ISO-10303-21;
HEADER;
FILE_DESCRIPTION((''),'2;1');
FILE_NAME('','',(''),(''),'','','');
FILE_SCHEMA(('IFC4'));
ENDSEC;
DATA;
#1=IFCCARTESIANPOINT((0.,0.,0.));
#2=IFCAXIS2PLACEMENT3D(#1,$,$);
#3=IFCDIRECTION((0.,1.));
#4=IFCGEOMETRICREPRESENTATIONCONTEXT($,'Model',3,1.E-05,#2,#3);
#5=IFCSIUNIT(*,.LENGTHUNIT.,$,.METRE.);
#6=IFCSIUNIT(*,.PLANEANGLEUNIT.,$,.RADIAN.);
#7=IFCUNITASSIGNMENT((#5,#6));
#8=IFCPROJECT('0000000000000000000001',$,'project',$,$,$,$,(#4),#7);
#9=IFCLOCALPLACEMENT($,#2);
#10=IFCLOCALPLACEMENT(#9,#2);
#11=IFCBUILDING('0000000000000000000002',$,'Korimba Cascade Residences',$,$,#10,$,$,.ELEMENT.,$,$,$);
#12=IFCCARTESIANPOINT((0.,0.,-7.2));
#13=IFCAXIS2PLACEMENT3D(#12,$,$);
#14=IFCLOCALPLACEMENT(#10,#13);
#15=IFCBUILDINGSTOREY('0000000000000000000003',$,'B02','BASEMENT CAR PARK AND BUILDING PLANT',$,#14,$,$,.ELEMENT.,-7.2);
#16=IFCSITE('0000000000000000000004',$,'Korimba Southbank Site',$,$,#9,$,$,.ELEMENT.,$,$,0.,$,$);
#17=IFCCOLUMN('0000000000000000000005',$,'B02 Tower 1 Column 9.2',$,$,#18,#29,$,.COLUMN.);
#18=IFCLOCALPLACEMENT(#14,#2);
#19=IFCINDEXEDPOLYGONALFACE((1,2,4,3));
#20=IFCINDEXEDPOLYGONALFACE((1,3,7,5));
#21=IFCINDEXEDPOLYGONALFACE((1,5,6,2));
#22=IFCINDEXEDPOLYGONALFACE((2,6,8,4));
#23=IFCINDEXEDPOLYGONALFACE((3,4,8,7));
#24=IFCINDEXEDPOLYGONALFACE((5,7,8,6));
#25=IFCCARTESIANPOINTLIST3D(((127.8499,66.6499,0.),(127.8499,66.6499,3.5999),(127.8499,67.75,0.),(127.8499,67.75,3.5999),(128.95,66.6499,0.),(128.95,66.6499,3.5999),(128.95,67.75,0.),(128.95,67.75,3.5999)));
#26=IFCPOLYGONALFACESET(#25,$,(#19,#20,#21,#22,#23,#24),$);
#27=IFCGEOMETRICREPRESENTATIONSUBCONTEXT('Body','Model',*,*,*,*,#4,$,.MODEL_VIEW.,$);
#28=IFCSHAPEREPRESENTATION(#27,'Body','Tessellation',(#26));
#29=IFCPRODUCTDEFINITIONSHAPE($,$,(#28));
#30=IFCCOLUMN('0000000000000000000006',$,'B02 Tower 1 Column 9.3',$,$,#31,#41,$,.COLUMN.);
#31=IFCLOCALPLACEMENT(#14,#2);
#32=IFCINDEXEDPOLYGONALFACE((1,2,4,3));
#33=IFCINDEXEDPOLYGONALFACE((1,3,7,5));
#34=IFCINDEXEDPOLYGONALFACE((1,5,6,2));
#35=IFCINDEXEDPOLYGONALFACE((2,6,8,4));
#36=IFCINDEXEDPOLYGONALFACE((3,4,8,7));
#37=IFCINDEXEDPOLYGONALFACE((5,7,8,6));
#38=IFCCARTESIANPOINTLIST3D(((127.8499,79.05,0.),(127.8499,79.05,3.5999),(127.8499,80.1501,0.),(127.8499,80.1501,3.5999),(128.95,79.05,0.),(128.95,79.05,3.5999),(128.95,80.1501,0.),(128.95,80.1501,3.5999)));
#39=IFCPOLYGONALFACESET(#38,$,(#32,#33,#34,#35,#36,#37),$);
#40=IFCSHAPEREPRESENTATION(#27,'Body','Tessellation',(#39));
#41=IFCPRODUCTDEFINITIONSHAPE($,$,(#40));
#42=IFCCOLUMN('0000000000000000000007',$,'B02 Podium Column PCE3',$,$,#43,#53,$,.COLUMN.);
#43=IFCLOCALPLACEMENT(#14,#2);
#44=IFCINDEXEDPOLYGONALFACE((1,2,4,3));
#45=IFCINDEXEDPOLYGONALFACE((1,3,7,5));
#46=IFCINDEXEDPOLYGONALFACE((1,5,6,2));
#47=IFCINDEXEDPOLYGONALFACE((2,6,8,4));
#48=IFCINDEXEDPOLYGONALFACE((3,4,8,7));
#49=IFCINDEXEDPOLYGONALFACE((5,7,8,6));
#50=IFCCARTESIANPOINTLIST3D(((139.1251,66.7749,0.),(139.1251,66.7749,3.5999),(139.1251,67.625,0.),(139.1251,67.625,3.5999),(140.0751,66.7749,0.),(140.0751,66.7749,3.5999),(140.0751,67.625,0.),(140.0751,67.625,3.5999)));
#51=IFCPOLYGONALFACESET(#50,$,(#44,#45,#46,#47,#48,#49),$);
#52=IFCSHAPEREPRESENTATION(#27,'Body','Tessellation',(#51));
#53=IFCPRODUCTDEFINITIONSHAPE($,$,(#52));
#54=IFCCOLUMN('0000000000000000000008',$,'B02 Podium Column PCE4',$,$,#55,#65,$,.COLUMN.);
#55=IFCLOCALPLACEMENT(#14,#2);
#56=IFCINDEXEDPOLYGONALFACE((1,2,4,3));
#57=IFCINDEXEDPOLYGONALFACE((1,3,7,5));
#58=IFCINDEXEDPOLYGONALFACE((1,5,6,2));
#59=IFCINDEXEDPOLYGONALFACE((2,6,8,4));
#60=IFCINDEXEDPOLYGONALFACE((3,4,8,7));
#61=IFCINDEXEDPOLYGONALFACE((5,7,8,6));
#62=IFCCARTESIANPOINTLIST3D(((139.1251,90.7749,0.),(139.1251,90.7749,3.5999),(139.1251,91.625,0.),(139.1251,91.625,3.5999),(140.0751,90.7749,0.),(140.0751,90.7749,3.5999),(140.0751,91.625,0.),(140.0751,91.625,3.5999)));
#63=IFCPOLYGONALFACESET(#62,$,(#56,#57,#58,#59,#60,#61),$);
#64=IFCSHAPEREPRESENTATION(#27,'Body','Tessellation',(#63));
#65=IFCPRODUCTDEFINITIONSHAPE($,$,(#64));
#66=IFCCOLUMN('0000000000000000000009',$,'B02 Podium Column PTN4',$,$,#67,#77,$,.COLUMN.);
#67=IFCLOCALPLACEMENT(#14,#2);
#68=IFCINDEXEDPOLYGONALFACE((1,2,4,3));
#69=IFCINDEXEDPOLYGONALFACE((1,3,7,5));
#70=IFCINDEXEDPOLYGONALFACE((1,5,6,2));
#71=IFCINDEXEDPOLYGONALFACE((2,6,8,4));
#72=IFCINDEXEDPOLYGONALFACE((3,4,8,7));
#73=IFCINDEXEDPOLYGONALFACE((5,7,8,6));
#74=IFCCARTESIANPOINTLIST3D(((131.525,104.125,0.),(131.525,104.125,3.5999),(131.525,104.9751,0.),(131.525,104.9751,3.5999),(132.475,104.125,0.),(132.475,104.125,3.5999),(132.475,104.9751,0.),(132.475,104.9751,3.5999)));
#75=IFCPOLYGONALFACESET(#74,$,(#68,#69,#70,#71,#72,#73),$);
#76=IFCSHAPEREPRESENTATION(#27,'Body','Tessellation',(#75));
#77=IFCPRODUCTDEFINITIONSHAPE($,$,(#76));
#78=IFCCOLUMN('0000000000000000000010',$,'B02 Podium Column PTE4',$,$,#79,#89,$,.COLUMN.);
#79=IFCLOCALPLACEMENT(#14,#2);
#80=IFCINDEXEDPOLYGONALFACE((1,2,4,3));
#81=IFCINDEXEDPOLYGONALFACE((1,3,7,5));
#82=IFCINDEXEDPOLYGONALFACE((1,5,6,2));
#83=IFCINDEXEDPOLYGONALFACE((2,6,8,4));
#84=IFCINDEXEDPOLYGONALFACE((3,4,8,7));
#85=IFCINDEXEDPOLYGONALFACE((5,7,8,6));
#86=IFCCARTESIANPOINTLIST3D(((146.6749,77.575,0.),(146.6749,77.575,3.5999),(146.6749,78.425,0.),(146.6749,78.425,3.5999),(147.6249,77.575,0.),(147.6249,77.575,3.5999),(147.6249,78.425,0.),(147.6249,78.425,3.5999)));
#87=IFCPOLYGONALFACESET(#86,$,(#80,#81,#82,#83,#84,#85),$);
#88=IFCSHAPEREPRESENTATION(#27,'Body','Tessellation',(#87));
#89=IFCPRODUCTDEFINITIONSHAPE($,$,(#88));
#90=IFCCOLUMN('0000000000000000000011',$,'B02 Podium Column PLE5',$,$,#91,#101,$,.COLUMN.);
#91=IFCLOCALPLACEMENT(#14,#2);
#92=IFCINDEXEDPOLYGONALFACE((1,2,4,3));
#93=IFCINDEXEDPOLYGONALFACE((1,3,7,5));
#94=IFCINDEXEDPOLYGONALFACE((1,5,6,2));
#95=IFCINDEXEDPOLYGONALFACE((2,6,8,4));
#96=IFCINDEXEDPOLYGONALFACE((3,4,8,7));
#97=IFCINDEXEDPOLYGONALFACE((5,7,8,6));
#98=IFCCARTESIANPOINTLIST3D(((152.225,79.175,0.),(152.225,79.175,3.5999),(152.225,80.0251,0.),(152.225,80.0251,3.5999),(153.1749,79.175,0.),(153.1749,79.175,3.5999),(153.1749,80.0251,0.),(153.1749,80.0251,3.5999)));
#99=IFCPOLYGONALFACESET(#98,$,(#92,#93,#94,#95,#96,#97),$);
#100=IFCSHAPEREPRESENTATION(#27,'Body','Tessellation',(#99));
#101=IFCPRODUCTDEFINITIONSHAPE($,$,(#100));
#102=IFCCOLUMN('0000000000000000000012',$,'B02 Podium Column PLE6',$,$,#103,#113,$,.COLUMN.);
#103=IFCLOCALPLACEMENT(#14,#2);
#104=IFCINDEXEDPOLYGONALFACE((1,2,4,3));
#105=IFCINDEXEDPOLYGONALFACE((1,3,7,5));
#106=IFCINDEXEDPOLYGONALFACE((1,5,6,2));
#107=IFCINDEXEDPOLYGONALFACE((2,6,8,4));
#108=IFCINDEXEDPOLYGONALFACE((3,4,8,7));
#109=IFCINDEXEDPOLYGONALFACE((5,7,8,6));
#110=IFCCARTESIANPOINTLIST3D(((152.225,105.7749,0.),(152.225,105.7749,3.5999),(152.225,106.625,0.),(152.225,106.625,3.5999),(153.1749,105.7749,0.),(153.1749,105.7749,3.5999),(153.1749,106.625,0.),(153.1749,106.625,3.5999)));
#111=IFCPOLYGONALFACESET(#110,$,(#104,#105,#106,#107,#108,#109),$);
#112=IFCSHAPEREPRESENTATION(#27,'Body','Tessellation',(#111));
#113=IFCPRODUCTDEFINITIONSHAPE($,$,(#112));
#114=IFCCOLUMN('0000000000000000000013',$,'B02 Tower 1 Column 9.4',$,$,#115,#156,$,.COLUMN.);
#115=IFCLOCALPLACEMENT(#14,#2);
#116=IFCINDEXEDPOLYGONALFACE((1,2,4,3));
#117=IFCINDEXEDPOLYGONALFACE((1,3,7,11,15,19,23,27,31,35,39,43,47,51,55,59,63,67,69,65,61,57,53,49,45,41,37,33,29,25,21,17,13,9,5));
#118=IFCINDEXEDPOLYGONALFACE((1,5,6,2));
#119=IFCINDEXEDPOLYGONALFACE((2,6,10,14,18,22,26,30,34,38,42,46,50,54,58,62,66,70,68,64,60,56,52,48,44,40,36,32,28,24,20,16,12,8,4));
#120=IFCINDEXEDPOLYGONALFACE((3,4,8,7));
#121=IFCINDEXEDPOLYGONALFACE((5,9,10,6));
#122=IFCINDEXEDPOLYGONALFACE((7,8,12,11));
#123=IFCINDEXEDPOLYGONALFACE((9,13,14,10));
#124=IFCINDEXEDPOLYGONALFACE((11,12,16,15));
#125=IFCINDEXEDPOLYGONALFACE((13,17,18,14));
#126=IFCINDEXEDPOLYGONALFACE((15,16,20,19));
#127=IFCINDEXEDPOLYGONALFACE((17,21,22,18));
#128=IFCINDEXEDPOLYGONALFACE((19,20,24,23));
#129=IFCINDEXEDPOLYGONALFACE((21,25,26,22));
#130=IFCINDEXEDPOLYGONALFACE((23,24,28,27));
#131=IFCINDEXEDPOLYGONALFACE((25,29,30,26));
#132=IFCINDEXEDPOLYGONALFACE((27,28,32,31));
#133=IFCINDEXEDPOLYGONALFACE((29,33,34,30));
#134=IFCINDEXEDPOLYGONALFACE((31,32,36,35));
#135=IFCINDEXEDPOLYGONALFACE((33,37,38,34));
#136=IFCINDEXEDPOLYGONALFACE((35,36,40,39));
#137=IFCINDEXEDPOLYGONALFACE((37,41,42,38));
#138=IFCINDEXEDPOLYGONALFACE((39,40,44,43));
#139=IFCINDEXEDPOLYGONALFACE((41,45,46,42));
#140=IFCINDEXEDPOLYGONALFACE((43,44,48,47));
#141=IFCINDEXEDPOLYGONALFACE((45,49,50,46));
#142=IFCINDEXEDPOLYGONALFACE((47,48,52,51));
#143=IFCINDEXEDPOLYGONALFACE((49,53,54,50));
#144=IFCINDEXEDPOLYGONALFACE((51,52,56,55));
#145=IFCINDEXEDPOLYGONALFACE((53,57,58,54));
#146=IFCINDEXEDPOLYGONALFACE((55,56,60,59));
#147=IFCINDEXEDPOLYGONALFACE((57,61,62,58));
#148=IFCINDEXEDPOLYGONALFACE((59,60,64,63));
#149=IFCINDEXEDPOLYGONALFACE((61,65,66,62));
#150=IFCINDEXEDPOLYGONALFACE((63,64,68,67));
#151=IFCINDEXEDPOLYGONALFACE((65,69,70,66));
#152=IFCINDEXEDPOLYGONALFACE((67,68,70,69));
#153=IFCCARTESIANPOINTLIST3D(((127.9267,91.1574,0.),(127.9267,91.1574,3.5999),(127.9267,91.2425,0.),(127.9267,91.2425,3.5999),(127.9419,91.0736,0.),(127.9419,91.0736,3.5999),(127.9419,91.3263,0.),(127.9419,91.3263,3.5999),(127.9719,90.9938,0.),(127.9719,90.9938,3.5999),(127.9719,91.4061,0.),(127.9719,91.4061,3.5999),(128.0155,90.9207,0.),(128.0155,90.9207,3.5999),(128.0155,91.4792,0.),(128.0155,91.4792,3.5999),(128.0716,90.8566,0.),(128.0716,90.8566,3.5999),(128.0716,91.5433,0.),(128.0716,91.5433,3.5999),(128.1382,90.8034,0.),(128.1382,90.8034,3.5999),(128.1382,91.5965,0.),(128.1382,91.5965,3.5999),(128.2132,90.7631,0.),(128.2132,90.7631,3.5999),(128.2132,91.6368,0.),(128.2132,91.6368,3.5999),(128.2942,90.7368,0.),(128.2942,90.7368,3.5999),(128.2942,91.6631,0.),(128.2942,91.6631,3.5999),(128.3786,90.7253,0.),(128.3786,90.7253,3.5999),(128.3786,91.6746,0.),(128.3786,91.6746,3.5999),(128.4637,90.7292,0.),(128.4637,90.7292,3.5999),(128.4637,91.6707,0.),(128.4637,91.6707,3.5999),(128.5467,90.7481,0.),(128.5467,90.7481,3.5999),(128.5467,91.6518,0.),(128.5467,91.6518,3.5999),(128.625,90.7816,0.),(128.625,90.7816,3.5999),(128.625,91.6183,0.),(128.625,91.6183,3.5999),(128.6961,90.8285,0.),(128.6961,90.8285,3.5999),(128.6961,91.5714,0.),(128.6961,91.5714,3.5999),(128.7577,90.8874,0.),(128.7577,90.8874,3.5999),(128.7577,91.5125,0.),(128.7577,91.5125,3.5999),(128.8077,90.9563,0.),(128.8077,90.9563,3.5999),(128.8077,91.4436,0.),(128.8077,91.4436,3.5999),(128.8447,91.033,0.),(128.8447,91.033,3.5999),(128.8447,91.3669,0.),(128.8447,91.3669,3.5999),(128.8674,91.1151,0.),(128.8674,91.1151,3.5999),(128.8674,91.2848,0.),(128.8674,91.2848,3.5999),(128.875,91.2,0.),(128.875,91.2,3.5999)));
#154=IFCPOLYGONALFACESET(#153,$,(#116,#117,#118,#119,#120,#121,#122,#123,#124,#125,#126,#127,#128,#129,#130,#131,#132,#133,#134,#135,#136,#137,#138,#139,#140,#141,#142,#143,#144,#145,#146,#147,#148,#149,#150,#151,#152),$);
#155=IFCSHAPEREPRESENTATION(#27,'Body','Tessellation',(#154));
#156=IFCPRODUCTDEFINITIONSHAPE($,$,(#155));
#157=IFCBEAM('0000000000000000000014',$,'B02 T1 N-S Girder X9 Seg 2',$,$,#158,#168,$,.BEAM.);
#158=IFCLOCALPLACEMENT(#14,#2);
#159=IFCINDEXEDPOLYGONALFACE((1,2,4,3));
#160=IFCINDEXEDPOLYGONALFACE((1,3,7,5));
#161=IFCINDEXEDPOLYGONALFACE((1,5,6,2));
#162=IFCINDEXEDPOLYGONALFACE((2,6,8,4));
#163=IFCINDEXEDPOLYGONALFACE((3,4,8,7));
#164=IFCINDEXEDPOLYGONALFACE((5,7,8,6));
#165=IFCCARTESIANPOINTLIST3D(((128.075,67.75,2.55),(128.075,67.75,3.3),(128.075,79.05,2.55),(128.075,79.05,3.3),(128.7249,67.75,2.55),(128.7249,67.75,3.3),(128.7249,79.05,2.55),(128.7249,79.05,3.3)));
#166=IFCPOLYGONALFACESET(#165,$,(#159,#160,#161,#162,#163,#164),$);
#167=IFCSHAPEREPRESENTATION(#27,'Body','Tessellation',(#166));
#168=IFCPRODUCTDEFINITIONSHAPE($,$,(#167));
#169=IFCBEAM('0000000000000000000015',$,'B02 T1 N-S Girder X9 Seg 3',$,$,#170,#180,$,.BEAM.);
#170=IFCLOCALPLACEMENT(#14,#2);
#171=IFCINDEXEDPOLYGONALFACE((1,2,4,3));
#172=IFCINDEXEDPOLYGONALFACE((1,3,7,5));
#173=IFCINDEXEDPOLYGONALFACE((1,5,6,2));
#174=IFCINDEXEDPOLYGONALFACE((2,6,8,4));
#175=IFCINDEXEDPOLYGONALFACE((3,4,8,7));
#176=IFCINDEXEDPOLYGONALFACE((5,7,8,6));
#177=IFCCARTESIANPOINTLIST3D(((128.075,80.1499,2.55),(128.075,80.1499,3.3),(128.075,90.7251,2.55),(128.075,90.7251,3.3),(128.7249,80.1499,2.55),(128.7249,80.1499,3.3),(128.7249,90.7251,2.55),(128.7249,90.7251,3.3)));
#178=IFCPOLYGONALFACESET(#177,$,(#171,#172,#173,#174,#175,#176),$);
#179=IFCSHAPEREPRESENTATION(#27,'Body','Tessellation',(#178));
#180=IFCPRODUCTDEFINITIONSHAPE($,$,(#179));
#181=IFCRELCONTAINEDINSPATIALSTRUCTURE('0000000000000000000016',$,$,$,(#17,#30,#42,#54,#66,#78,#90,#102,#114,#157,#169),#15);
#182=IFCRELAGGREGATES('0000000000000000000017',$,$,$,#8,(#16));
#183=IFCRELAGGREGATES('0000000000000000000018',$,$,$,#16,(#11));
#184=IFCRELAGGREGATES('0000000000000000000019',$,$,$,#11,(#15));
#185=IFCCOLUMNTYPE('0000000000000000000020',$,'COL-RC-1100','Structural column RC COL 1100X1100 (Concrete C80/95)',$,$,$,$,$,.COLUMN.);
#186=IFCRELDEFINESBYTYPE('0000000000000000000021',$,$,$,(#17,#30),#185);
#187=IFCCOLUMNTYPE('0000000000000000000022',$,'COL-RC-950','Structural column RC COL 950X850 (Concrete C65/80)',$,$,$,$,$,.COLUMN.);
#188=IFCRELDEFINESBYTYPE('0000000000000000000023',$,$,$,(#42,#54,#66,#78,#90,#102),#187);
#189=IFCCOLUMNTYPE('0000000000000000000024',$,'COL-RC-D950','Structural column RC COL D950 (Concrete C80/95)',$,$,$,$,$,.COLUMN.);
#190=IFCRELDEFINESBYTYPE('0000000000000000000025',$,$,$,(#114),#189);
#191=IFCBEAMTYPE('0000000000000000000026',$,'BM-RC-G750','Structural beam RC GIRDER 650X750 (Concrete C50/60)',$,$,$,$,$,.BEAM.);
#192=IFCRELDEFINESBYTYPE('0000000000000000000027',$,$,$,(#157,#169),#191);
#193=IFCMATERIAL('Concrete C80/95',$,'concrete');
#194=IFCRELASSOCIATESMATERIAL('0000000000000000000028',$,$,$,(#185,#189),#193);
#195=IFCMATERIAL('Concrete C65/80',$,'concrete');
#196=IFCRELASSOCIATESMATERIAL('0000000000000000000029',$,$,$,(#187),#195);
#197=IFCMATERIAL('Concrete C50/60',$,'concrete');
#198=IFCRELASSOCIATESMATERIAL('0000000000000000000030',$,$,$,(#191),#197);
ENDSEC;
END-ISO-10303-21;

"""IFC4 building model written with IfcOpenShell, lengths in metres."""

from ifc_helpers import new_model, si_unit, direction, frame, origin, origin_2d, place, context, subcontext, project, spatial, rectangle, circle, extrude, material, material_profile, profile_set, type_object, element, save


model = new_model("IFC4")

# Units and contexts
model_context = context("Model", 3, precision=1e-05, world=origin(), true_north=direction((0.0, 1.0)))
body_context = subcontext(model_context, "Body", "Model", "MODEL_VIEW")
ifc_project = project(units=[si_unit("LENGTHUNIT", "METRE"), si_unit("PLANEANGLEUNIT", "RADIAN")], contexts=[model_context])

# Site, building, storey
site_placement = place(None, origin())
site = spatial("IfcSite", under=ifc_project, at=site_placement, Name="Korimba Southbank Site", CompositionType="ELEMENT", RefElevation=0.0)
building_placement = place(site_placement, origin())
building = spatial("IfcBuilding", under=site, at=building_placement, Name="Korimba Cascade Residences", CompositionType="ELEMENT")
storey_placement = place(building_placement, frame((0.0, 0.0, -7.2)))
storey = spatial("IfcBuildingStorey", under=building, at=storey_placement, Name="B02", Description="BASEMENT CAR PARK AND BUILDING PLANT", CompositionType="ELEMENT", Elevation=-7.2)

# Columns
ifc_material_1 = material(Name="Concrete C80/95", Category="concrete")
ifc_material_profile_1 = material_profile(ifc_material_1, rectangle(XDim=1.1001, YDim=1.1001, at=origin_2d()), Name="Concrete C80/95")
ifc_profile_set_1 = profile_set([ifc_material_profile_1], Name="Concrete C80/95")
column_type_1 = type_object("IfcColumnType", Name="COL-RC-1100", Description="Structural column RC COL 1100X1100 (Concrete C80/95)", PredefinedType="COLUMN", material=ifc_profile_set_1)
for number, where, z_axis, x_axis, name in (
    (1, (128.3999, 67.2, 0.0), (0.0, 0.0, 1.0), (1.0, 0.0, 0.0), "B02 Tower 1 Column 9.2"),
    (2, (128.3999, 79.6001, 0.0), (0.0, 0.0, 1.0), (1.0, 0.0, 0.0), "B02 Tower 1 Column 9.3"),
):
    element("IfcColumn", number, at=place(storey_placement, frame(where, z_axis=z_axis, x_axis=x_axis)), inside=storey, type_object=column_type_1, Name=name, PredefinedType="COLUMN", context=body_context, shape_type="SweptSolid", body=[
        extrude(rectangle(XDim=1.1001, YDim=1.1001, at=origin_2d()), origin(), (0.0, 0.0, 1.0), 3.5999),
    ])
ifc_material_2 = material(Name="Concrete C65/80", Category="concrete")
ifc_material_profile_2 = material_profile(ifc_material_2, rectangle(XDim=0.95, YDim=0.8501, at=origin_2d()), Name="Concrete C65/80")
ifc_profile_set_2 = profile_set([ifc_material_profile_2], Name="Concrete C65/80")
column_type_2 = type_object("IfcColumnType", Name="COL-RC-950", Description="Structural column RC COL 950X850 (Concrete C65/80)", PredefinedType="COLUMN", material=ifc_profile_set_2)
for number, where, z_axis, x_axis, name in (
    (3, (139.6001, 67.2, 0.0), (0.0, 0.0, 1.0), (1.0, 0.0, 0.0), "B02 Podium Column PCE3"),
    (4, (139.6001, 91.2, 0.0), (0.0, 0.0, 1.0), (1.0, 0.0, 0.0), "B02 Podium Column PCE4"),
    (5, (132.0, 104.55, 0.0), (0.0, 0.0, 1.0), (1.0, 0.0, 0.0), "B02 Podium Column PTN4"),
    (6, (147.1499, 78.0, 0.0), (0.0, 0.0, 1.0), (1.0, 0.0, 0.0), "B02 Podium Column PTE4"),
    (7, (152.7, 79.6001, 0.0), (0.0, 0.0, 1.0), (1.0, 0.0, 0.0), "B02 Podium Column PLE5"),
    (8, (152.7, 106.2, 0.0), (0.0, 0.0, 1.0), (1.0, 0.0, 0.0), "B02 Podium Column PLE6"),
):
    element("IfcColumn", number, at=place(storey_placement, frame(where, z_axis=z_axis, x_axis=x_axis)), inside=storey, type_object=column_type_2, Name=name, PredefinedType="COLUMN", context=body_context, shape_type="SweptSolid", body=[
        extrude(rectangle(XDim=0.95, YDim=0.8501, at=origin_2d()), origin(), (0.0, 0.0, 1.0), 3.5999),
    ])
ifc_material_profile_3 = material_profile(ifc_material_1, circle(Radius=0.4751, at=origin_2d()), Name="Concrete C80/95")
ifc_profile_set_3 = profile_set([ifc_material_profile_3], Name="Concrete C80/95")
column_type_3 = type_object("IfcColumnType", Name="COL-RC-D950", Description="Structural column RC COL D950 (Concrete C80/95)", PredefinedType="COLUMN", material=ifc_profile_set_3)
column_placement = place(storey_placement, frame((128.3999, 91.2, 0.0), z_axis=(0.0, 0.0, 1.0), x_axis=(1.0, 0.0, 0.0)))
element("IfcColumn", 9, at=column_placement, inside=storey, type_object=column_type_3, Name="B02 Tower 1 Column 9.4", PredefinedType="COLUMN", context=body_context, shape_type="SweptSolid", body=[
    extrude(circle(Radius=0.4751, at=origin_2d()), origin(), (0.0, 0.0, 1.0), 3.5999),
])

# Beams
ifc_material_3 = material(Name="Concrete C50/60", Category="concrete")
ifc_material_profile_4 = material_profile(ifc_material_3, rectangle(XDim=0.6499, YDim=0.75, at=origin_2d()), Name="Concrete C50/60")
ifc_profile_set_4 = profile_set([ifc_material_profile_4], Name="Concrete C50/60")
beam_type_1 = type_object("IfcBeamType", Name="BM-RC-G750", Description="Structural beam RC GIRDER 650X750 (Concrete C50/60)", PredefinedType="BEAM", material=ifc_profile_set_4)
beam_1_placement = place(storey_placement, frame((128.3999, 67.75, 2.925), z_axis=(0.0, 1.0, 0.0), x_axis=(-1.0, 0.0, 0.0)))
element("IfcBeam", 10, at=beam_1_placement, inside=storey, type_object=beam_type_1, Name="B02 T1 N-S Girder X9 Seg 2", PredefinedType="BEAM", context=body_context, shape_type="SweptSolid", body=[
    extrude(rectangle(XDim=0.6499, YDim=0.75, at=origin_2d()), origin(), (0.0, 0.0, 1.0), 11.3),
])
beam_2_placement = place(storey_placement, frame((128.3999, 80.1499, 2.925), z_axis=(0.0, 1.0, 0.0), x_axis=(-1.0, 0.0, 0.0)))
element("IfcBeam", 11, at=beam_2_placement, inside=storey, type_object=beam_type_1, Name="B02 T1 N-S Girder X9 Seg 3", PredefinedType="BEAM", context=body_context, shape_type="SweptSolid", body=[
    extrude(rectangle(XDim=0.6499, YDim=0.75, at=origin_2d()), origin(), (0.0, 0.0, 1.0), 10.5752),
])

save(model, "model.ifc")
